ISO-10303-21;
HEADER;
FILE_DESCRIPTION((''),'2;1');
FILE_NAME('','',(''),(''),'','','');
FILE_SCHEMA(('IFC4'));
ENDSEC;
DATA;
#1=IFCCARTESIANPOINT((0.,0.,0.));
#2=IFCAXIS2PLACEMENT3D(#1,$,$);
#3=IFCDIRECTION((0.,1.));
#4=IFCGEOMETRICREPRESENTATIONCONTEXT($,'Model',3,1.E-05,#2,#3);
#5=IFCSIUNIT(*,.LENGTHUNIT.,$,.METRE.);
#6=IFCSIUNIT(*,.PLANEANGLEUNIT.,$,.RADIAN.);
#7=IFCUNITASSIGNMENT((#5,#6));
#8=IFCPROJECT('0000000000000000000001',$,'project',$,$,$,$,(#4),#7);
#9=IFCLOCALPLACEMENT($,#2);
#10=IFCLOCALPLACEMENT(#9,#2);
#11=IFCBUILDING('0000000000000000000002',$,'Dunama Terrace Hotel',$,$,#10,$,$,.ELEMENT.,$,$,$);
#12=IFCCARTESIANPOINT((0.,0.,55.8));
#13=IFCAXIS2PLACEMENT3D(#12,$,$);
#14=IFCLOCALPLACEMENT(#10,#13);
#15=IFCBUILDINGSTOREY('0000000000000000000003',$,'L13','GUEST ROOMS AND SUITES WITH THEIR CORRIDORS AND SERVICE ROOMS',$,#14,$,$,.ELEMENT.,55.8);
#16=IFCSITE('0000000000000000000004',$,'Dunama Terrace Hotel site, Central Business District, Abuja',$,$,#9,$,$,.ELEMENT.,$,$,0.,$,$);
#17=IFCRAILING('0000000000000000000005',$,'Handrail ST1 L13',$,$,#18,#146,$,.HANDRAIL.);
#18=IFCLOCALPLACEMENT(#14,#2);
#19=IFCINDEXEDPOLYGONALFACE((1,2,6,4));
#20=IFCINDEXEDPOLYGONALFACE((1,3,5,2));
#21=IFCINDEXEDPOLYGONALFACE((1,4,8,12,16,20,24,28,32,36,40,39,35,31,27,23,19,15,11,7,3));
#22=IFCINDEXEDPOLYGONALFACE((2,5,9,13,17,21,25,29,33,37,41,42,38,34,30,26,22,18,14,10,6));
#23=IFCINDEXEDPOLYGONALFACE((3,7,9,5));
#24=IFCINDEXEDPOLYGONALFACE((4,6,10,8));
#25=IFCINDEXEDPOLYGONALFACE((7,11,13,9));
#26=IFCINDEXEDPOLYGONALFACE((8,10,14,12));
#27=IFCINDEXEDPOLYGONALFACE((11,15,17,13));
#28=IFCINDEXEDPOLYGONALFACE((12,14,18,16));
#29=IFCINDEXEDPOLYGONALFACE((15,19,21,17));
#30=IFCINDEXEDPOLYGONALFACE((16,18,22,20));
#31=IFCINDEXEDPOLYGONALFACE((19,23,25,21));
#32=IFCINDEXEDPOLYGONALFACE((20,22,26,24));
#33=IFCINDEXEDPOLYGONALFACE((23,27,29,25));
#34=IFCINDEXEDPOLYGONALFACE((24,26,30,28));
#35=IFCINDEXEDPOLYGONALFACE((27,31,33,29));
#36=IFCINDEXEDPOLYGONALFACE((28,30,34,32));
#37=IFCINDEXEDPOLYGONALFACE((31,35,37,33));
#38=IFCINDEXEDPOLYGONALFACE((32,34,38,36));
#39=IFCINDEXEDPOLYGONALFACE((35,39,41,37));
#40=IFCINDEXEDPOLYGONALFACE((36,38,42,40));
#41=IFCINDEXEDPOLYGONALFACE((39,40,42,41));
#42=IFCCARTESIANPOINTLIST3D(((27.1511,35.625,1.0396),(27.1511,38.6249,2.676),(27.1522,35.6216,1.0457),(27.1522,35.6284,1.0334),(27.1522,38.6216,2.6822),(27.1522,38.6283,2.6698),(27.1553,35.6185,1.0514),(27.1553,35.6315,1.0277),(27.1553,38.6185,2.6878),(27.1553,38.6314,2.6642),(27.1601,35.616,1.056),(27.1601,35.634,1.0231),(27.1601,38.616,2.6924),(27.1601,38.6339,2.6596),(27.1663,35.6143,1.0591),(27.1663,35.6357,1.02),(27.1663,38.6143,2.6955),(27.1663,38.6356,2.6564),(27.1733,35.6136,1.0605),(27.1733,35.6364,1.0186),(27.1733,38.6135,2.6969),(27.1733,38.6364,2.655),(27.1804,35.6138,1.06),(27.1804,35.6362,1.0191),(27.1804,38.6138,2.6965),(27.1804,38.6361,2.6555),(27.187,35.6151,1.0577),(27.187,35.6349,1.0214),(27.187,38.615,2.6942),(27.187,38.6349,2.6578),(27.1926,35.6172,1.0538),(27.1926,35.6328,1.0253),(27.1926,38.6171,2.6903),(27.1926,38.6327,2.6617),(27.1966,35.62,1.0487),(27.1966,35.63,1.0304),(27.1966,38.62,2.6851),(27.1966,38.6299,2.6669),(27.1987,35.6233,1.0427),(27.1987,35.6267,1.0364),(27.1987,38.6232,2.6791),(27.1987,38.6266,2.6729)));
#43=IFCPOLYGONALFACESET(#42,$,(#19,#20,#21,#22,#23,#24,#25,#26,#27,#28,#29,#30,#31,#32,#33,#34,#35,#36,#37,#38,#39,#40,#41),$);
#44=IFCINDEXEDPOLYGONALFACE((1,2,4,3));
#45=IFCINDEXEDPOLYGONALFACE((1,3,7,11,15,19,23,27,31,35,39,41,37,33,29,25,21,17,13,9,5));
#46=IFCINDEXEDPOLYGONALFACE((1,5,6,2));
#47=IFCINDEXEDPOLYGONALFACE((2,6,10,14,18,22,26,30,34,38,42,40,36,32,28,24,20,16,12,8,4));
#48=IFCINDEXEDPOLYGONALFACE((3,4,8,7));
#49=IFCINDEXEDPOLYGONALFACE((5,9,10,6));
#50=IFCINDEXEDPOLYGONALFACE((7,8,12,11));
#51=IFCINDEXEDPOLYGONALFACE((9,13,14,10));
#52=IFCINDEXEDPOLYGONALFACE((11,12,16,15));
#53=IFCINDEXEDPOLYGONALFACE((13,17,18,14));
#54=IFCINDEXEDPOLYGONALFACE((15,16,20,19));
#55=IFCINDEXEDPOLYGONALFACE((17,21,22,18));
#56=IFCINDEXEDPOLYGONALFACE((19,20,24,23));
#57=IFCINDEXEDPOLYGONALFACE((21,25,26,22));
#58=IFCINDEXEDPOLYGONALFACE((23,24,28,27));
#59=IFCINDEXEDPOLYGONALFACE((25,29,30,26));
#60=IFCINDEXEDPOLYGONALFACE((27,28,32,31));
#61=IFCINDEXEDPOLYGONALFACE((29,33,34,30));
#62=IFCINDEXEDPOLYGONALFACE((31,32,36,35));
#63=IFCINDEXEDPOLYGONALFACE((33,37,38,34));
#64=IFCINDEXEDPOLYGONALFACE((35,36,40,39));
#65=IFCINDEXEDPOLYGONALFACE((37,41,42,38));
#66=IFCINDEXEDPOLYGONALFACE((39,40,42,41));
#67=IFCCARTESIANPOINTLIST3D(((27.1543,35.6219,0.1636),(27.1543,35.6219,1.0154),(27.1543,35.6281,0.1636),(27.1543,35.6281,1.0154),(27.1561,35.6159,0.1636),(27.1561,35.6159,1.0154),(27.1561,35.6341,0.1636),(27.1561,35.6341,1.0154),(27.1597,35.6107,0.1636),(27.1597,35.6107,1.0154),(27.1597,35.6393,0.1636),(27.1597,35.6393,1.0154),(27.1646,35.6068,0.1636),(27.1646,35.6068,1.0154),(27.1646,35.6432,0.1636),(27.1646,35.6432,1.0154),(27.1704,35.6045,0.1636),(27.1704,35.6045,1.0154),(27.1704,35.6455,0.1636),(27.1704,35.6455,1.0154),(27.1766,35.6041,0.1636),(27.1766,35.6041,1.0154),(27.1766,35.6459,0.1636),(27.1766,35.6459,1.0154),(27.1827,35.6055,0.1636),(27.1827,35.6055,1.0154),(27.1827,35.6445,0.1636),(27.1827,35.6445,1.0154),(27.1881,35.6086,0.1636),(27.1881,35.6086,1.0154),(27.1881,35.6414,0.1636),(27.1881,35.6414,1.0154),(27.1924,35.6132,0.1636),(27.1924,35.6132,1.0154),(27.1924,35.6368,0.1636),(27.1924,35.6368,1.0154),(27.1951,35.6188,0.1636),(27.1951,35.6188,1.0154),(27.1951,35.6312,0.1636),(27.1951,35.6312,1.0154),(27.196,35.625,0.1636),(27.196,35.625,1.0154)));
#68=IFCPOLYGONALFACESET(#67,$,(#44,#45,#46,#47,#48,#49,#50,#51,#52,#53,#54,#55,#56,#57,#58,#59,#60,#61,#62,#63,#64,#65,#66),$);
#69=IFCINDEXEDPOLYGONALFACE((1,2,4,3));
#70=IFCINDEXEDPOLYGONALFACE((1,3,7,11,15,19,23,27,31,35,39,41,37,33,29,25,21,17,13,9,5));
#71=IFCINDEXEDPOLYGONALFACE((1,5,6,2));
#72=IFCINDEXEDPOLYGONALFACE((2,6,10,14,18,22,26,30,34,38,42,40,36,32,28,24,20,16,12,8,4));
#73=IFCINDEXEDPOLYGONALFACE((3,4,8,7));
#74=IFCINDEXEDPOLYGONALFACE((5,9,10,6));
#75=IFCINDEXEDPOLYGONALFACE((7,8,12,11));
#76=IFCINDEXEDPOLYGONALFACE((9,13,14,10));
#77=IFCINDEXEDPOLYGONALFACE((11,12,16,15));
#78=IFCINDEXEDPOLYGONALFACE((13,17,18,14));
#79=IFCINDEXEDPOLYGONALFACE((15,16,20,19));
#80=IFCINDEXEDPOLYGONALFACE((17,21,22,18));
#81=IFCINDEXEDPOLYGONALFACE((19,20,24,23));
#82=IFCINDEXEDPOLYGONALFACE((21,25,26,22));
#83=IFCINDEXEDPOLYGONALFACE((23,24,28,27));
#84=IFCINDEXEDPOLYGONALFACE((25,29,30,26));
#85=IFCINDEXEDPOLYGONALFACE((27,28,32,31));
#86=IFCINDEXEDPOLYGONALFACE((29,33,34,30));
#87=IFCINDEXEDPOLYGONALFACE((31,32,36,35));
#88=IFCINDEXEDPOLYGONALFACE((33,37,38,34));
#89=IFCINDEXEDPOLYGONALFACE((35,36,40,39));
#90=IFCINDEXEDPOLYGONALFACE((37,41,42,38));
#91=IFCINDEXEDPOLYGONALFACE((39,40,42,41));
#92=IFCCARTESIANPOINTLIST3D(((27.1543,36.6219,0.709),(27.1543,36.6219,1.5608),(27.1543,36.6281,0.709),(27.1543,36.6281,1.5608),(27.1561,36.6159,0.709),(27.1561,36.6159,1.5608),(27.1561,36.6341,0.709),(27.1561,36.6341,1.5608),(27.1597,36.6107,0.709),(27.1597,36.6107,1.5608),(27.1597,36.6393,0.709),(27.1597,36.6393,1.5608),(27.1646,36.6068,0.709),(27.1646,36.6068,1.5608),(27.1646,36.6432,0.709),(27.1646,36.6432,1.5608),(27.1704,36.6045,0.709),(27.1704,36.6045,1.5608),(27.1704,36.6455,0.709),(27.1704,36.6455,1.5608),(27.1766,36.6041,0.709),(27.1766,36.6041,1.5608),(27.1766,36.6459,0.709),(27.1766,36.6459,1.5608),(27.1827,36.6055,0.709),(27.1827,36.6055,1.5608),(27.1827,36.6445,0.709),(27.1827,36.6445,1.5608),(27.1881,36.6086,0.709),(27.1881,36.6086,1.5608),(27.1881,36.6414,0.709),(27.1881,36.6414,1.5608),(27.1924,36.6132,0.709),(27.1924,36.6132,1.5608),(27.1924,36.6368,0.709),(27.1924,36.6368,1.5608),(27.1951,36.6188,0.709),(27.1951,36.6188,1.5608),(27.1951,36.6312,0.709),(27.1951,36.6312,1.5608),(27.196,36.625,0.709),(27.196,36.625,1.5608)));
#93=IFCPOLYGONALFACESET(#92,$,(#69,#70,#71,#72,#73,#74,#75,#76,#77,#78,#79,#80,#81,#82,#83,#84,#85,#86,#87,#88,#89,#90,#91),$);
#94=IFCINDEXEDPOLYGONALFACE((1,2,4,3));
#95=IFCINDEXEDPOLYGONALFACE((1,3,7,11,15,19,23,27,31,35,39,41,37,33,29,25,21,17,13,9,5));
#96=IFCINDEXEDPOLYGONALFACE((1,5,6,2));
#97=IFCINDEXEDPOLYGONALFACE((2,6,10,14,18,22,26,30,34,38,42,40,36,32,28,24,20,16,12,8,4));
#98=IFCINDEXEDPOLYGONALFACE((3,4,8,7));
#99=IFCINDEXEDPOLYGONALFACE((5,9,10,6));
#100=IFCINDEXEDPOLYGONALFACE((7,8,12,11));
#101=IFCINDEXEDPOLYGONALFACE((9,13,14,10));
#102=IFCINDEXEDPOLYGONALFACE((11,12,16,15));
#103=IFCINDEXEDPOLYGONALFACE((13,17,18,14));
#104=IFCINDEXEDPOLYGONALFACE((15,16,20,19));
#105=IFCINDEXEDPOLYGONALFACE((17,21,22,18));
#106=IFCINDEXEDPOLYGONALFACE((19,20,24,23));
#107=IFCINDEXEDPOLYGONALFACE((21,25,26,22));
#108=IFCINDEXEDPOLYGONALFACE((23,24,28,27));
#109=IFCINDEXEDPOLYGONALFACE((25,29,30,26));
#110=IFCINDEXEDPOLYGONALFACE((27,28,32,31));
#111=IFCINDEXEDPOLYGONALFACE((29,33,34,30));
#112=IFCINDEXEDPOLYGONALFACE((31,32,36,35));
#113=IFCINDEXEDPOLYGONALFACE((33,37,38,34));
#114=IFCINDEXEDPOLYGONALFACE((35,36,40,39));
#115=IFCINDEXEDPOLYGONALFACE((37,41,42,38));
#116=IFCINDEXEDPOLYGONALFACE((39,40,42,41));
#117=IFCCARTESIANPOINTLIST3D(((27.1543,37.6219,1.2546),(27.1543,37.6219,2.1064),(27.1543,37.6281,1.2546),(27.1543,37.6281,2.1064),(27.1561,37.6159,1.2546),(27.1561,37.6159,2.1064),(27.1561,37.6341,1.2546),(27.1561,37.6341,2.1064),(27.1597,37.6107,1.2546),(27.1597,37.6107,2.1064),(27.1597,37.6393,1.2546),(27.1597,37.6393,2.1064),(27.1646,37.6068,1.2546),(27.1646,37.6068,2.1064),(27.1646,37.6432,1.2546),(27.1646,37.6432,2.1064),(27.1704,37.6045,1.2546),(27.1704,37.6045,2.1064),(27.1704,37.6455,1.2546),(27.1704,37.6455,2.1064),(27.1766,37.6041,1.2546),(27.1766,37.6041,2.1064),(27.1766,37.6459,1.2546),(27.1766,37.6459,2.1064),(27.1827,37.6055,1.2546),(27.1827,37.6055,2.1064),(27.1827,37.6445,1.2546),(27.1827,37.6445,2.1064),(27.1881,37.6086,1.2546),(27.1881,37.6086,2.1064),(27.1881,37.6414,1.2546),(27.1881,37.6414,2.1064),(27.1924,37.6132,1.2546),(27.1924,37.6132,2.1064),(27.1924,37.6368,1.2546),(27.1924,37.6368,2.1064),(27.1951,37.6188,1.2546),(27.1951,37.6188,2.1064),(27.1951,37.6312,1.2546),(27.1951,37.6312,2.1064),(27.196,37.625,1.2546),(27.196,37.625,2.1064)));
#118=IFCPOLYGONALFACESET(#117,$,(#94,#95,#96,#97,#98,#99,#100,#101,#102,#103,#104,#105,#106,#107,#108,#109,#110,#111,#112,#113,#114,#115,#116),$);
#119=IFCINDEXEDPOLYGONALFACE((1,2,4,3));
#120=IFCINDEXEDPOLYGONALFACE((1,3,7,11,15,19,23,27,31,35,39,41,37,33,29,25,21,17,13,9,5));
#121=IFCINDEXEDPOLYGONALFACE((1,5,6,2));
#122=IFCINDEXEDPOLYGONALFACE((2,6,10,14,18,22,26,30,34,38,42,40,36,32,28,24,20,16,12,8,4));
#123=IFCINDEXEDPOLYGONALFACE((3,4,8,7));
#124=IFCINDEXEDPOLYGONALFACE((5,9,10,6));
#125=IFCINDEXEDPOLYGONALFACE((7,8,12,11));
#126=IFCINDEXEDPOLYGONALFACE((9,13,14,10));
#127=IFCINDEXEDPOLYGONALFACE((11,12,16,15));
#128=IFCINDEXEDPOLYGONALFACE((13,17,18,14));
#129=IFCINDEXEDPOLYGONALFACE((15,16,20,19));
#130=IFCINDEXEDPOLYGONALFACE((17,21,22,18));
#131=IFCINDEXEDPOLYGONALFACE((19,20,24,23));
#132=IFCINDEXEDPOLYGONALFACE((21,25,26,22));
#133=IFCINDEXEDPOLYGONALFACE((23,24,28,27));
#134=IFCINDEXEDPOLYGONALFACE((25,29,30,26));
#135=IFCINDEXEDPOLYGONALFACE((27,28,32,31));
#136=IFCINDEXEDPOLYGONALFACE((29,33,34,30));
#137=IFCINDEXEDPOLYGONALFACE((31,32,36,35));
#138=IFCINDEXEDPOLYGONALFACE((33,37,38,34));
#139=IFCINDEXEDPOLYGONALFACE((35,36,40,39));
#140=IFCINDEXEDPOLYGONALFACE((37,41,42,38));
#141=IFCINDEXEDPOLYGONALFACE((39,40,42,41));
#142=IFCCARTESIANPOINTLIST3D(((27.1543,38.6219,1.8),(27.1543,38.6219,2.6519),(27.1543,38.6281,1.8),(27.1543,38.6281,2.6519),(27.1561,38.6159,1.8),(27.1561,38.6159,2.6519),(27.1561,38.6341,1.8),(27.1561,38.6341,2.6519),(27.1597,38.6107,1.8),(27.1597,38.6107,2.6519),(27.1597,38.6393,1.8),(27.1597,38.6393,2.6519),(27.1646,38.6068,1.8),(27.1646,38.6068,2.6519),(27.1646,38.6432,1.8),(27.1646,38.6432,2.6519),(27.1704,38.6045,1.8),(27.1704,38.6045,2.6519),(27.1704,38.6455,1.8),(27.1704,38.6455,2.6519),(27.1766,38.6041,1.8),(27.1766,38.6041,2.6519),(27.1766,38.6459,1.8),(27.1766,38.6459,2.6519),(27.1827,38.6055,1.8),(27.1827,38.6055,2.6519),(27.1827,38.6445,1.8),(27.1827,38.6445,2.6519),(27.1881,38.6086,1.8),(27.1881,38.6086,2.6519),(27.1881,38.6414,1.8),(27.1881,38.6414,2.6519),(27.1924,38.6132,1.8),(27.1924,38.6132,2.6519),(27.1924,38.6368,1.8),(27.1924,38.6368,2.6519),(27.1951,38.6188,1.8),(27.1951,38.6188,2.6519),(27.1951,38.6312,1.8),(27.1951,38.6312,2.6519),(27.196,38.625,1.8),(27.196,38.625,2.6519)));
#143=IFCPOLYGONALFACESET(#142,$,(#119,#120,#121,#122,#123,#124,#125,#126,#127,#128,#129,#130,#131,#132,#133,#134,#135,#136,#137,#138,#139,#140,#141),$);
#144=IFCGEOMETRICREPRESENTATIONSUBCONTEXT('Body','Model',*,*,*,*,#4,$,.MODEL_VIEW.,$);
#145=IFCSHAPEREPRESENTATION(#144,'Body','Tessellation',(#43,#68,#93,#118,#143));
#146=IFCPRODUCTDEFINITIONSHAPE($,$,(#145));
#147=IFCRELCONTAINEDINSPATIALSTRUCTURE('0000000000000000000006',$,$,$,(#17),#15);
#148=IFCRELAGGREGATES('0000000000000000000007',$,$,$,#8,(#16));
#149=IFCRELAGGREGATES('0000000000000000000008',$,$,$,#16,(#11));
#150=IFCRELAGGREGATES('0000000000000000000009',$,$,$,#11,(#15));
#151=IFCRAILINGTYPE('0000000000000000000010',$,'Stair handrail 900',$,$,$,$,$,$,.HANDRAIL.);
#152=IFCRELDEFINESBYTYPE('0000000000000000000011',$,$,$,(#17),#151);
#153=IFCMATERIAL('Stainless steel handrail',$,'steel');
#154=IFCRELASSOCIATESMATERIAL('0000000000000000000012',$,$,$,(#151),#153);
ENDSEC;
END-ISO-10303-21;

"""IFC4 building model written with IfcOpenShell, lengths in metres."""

from ifc_helpers import new_model, si_unit, direction, frame, origin, origin_2d, place, context, subcontext, project, spatial, circle, extrude, material, type_object, element, save


model = new_model("IFC4")

# Units and contexts
model_context = context("Model", 3, precision=1e-05, world=origin(), true_north=direction((0.0, 1.0)))
body_context = subcontext(model_context, "Body", "Model", "MODEL_VIEW")
ifc_project = project(units=[si_unit("LENGTHUNIT", "METRE"), si_unit("PLANEANGLEUNIT", "RADIAN")], contexts=[model_context])

# Site, building, storey
site_placement = place(None, origin())
site = spatial("IfcSite", under=ifc_project, at=site_placement, Name="Dunama Terrace Hotel site, Central Business District, Abuja", CompositionType="ELEMENT", RefElevation=0.0)
building_placement = place(site_placement, origin())
building = spatial("IfcBuilding", under=site, at=building_placement, Name="Dunama Terrace Hotel", CompositionType="ELEMENT")
storey_placement = place(building_placement, frame((0.0, 0.0, 55.8)))
storey = spatial("IfcBuildingStorey", under=building, at=storey_placement, Name="L13", Description="GUEST ROOMS AND SUITES WITH THEIR CORRIDORS AND SERVICE ROOMS", CompositionType="ELEMENT", Elevation=55.8)

# Railing
ifc_material_1 = material(Name="Stainless steel handrail", Category="steel")
railing_type = type_object("IfcRailingType", Name="Stair handrail 900", PredefinedType="HANDRAIL", material=ifc_material_1)
railing_1_placement = place(storey_placement, frame((27.175, 35.625, 0.1636)))
element("IfcRailing", 1, at=railing_1_placement, inside=storey, type_object=railing_type, Name="Handrail ST1 L13", PredefinedType="HANDRAIL", context=body_context, shape_type="SweptSolid", body=[
    extrude(circle(Radius=0.0239, at=origin_2d()), frame((0.0, 0.0, 0.876), z_axis=(0.0, 0.877882, 0.478877), x_axis=(-1.0, 0.0, 0.0)), (0.0, 0.0, 1.0), 3.4172),
    extrude(circle(Radius=0.021, at=origin_2d()), origin(), (0.0, 0.0, 1.0), 0.8518),
    extrude(circle(Radius=0.021, at=origin_2d()), frame((0.0, 1.0, 0.5454)), (0.0, 0.0, 1.0), 0.8518),
    extrude(circle(Radius=0.021, at=origin_2d()), frame((0.0, 2.0, 1.0911)), (0.0, 0.0, 1.0), 0.8518),
    extrude(circle(Radius=0.021, at=origin_2d()), frame((0.0, 3.0, 1.6365)), (0.0, 0.0, 1.0), 0.8518),
])

save(model, "model.ifc")
